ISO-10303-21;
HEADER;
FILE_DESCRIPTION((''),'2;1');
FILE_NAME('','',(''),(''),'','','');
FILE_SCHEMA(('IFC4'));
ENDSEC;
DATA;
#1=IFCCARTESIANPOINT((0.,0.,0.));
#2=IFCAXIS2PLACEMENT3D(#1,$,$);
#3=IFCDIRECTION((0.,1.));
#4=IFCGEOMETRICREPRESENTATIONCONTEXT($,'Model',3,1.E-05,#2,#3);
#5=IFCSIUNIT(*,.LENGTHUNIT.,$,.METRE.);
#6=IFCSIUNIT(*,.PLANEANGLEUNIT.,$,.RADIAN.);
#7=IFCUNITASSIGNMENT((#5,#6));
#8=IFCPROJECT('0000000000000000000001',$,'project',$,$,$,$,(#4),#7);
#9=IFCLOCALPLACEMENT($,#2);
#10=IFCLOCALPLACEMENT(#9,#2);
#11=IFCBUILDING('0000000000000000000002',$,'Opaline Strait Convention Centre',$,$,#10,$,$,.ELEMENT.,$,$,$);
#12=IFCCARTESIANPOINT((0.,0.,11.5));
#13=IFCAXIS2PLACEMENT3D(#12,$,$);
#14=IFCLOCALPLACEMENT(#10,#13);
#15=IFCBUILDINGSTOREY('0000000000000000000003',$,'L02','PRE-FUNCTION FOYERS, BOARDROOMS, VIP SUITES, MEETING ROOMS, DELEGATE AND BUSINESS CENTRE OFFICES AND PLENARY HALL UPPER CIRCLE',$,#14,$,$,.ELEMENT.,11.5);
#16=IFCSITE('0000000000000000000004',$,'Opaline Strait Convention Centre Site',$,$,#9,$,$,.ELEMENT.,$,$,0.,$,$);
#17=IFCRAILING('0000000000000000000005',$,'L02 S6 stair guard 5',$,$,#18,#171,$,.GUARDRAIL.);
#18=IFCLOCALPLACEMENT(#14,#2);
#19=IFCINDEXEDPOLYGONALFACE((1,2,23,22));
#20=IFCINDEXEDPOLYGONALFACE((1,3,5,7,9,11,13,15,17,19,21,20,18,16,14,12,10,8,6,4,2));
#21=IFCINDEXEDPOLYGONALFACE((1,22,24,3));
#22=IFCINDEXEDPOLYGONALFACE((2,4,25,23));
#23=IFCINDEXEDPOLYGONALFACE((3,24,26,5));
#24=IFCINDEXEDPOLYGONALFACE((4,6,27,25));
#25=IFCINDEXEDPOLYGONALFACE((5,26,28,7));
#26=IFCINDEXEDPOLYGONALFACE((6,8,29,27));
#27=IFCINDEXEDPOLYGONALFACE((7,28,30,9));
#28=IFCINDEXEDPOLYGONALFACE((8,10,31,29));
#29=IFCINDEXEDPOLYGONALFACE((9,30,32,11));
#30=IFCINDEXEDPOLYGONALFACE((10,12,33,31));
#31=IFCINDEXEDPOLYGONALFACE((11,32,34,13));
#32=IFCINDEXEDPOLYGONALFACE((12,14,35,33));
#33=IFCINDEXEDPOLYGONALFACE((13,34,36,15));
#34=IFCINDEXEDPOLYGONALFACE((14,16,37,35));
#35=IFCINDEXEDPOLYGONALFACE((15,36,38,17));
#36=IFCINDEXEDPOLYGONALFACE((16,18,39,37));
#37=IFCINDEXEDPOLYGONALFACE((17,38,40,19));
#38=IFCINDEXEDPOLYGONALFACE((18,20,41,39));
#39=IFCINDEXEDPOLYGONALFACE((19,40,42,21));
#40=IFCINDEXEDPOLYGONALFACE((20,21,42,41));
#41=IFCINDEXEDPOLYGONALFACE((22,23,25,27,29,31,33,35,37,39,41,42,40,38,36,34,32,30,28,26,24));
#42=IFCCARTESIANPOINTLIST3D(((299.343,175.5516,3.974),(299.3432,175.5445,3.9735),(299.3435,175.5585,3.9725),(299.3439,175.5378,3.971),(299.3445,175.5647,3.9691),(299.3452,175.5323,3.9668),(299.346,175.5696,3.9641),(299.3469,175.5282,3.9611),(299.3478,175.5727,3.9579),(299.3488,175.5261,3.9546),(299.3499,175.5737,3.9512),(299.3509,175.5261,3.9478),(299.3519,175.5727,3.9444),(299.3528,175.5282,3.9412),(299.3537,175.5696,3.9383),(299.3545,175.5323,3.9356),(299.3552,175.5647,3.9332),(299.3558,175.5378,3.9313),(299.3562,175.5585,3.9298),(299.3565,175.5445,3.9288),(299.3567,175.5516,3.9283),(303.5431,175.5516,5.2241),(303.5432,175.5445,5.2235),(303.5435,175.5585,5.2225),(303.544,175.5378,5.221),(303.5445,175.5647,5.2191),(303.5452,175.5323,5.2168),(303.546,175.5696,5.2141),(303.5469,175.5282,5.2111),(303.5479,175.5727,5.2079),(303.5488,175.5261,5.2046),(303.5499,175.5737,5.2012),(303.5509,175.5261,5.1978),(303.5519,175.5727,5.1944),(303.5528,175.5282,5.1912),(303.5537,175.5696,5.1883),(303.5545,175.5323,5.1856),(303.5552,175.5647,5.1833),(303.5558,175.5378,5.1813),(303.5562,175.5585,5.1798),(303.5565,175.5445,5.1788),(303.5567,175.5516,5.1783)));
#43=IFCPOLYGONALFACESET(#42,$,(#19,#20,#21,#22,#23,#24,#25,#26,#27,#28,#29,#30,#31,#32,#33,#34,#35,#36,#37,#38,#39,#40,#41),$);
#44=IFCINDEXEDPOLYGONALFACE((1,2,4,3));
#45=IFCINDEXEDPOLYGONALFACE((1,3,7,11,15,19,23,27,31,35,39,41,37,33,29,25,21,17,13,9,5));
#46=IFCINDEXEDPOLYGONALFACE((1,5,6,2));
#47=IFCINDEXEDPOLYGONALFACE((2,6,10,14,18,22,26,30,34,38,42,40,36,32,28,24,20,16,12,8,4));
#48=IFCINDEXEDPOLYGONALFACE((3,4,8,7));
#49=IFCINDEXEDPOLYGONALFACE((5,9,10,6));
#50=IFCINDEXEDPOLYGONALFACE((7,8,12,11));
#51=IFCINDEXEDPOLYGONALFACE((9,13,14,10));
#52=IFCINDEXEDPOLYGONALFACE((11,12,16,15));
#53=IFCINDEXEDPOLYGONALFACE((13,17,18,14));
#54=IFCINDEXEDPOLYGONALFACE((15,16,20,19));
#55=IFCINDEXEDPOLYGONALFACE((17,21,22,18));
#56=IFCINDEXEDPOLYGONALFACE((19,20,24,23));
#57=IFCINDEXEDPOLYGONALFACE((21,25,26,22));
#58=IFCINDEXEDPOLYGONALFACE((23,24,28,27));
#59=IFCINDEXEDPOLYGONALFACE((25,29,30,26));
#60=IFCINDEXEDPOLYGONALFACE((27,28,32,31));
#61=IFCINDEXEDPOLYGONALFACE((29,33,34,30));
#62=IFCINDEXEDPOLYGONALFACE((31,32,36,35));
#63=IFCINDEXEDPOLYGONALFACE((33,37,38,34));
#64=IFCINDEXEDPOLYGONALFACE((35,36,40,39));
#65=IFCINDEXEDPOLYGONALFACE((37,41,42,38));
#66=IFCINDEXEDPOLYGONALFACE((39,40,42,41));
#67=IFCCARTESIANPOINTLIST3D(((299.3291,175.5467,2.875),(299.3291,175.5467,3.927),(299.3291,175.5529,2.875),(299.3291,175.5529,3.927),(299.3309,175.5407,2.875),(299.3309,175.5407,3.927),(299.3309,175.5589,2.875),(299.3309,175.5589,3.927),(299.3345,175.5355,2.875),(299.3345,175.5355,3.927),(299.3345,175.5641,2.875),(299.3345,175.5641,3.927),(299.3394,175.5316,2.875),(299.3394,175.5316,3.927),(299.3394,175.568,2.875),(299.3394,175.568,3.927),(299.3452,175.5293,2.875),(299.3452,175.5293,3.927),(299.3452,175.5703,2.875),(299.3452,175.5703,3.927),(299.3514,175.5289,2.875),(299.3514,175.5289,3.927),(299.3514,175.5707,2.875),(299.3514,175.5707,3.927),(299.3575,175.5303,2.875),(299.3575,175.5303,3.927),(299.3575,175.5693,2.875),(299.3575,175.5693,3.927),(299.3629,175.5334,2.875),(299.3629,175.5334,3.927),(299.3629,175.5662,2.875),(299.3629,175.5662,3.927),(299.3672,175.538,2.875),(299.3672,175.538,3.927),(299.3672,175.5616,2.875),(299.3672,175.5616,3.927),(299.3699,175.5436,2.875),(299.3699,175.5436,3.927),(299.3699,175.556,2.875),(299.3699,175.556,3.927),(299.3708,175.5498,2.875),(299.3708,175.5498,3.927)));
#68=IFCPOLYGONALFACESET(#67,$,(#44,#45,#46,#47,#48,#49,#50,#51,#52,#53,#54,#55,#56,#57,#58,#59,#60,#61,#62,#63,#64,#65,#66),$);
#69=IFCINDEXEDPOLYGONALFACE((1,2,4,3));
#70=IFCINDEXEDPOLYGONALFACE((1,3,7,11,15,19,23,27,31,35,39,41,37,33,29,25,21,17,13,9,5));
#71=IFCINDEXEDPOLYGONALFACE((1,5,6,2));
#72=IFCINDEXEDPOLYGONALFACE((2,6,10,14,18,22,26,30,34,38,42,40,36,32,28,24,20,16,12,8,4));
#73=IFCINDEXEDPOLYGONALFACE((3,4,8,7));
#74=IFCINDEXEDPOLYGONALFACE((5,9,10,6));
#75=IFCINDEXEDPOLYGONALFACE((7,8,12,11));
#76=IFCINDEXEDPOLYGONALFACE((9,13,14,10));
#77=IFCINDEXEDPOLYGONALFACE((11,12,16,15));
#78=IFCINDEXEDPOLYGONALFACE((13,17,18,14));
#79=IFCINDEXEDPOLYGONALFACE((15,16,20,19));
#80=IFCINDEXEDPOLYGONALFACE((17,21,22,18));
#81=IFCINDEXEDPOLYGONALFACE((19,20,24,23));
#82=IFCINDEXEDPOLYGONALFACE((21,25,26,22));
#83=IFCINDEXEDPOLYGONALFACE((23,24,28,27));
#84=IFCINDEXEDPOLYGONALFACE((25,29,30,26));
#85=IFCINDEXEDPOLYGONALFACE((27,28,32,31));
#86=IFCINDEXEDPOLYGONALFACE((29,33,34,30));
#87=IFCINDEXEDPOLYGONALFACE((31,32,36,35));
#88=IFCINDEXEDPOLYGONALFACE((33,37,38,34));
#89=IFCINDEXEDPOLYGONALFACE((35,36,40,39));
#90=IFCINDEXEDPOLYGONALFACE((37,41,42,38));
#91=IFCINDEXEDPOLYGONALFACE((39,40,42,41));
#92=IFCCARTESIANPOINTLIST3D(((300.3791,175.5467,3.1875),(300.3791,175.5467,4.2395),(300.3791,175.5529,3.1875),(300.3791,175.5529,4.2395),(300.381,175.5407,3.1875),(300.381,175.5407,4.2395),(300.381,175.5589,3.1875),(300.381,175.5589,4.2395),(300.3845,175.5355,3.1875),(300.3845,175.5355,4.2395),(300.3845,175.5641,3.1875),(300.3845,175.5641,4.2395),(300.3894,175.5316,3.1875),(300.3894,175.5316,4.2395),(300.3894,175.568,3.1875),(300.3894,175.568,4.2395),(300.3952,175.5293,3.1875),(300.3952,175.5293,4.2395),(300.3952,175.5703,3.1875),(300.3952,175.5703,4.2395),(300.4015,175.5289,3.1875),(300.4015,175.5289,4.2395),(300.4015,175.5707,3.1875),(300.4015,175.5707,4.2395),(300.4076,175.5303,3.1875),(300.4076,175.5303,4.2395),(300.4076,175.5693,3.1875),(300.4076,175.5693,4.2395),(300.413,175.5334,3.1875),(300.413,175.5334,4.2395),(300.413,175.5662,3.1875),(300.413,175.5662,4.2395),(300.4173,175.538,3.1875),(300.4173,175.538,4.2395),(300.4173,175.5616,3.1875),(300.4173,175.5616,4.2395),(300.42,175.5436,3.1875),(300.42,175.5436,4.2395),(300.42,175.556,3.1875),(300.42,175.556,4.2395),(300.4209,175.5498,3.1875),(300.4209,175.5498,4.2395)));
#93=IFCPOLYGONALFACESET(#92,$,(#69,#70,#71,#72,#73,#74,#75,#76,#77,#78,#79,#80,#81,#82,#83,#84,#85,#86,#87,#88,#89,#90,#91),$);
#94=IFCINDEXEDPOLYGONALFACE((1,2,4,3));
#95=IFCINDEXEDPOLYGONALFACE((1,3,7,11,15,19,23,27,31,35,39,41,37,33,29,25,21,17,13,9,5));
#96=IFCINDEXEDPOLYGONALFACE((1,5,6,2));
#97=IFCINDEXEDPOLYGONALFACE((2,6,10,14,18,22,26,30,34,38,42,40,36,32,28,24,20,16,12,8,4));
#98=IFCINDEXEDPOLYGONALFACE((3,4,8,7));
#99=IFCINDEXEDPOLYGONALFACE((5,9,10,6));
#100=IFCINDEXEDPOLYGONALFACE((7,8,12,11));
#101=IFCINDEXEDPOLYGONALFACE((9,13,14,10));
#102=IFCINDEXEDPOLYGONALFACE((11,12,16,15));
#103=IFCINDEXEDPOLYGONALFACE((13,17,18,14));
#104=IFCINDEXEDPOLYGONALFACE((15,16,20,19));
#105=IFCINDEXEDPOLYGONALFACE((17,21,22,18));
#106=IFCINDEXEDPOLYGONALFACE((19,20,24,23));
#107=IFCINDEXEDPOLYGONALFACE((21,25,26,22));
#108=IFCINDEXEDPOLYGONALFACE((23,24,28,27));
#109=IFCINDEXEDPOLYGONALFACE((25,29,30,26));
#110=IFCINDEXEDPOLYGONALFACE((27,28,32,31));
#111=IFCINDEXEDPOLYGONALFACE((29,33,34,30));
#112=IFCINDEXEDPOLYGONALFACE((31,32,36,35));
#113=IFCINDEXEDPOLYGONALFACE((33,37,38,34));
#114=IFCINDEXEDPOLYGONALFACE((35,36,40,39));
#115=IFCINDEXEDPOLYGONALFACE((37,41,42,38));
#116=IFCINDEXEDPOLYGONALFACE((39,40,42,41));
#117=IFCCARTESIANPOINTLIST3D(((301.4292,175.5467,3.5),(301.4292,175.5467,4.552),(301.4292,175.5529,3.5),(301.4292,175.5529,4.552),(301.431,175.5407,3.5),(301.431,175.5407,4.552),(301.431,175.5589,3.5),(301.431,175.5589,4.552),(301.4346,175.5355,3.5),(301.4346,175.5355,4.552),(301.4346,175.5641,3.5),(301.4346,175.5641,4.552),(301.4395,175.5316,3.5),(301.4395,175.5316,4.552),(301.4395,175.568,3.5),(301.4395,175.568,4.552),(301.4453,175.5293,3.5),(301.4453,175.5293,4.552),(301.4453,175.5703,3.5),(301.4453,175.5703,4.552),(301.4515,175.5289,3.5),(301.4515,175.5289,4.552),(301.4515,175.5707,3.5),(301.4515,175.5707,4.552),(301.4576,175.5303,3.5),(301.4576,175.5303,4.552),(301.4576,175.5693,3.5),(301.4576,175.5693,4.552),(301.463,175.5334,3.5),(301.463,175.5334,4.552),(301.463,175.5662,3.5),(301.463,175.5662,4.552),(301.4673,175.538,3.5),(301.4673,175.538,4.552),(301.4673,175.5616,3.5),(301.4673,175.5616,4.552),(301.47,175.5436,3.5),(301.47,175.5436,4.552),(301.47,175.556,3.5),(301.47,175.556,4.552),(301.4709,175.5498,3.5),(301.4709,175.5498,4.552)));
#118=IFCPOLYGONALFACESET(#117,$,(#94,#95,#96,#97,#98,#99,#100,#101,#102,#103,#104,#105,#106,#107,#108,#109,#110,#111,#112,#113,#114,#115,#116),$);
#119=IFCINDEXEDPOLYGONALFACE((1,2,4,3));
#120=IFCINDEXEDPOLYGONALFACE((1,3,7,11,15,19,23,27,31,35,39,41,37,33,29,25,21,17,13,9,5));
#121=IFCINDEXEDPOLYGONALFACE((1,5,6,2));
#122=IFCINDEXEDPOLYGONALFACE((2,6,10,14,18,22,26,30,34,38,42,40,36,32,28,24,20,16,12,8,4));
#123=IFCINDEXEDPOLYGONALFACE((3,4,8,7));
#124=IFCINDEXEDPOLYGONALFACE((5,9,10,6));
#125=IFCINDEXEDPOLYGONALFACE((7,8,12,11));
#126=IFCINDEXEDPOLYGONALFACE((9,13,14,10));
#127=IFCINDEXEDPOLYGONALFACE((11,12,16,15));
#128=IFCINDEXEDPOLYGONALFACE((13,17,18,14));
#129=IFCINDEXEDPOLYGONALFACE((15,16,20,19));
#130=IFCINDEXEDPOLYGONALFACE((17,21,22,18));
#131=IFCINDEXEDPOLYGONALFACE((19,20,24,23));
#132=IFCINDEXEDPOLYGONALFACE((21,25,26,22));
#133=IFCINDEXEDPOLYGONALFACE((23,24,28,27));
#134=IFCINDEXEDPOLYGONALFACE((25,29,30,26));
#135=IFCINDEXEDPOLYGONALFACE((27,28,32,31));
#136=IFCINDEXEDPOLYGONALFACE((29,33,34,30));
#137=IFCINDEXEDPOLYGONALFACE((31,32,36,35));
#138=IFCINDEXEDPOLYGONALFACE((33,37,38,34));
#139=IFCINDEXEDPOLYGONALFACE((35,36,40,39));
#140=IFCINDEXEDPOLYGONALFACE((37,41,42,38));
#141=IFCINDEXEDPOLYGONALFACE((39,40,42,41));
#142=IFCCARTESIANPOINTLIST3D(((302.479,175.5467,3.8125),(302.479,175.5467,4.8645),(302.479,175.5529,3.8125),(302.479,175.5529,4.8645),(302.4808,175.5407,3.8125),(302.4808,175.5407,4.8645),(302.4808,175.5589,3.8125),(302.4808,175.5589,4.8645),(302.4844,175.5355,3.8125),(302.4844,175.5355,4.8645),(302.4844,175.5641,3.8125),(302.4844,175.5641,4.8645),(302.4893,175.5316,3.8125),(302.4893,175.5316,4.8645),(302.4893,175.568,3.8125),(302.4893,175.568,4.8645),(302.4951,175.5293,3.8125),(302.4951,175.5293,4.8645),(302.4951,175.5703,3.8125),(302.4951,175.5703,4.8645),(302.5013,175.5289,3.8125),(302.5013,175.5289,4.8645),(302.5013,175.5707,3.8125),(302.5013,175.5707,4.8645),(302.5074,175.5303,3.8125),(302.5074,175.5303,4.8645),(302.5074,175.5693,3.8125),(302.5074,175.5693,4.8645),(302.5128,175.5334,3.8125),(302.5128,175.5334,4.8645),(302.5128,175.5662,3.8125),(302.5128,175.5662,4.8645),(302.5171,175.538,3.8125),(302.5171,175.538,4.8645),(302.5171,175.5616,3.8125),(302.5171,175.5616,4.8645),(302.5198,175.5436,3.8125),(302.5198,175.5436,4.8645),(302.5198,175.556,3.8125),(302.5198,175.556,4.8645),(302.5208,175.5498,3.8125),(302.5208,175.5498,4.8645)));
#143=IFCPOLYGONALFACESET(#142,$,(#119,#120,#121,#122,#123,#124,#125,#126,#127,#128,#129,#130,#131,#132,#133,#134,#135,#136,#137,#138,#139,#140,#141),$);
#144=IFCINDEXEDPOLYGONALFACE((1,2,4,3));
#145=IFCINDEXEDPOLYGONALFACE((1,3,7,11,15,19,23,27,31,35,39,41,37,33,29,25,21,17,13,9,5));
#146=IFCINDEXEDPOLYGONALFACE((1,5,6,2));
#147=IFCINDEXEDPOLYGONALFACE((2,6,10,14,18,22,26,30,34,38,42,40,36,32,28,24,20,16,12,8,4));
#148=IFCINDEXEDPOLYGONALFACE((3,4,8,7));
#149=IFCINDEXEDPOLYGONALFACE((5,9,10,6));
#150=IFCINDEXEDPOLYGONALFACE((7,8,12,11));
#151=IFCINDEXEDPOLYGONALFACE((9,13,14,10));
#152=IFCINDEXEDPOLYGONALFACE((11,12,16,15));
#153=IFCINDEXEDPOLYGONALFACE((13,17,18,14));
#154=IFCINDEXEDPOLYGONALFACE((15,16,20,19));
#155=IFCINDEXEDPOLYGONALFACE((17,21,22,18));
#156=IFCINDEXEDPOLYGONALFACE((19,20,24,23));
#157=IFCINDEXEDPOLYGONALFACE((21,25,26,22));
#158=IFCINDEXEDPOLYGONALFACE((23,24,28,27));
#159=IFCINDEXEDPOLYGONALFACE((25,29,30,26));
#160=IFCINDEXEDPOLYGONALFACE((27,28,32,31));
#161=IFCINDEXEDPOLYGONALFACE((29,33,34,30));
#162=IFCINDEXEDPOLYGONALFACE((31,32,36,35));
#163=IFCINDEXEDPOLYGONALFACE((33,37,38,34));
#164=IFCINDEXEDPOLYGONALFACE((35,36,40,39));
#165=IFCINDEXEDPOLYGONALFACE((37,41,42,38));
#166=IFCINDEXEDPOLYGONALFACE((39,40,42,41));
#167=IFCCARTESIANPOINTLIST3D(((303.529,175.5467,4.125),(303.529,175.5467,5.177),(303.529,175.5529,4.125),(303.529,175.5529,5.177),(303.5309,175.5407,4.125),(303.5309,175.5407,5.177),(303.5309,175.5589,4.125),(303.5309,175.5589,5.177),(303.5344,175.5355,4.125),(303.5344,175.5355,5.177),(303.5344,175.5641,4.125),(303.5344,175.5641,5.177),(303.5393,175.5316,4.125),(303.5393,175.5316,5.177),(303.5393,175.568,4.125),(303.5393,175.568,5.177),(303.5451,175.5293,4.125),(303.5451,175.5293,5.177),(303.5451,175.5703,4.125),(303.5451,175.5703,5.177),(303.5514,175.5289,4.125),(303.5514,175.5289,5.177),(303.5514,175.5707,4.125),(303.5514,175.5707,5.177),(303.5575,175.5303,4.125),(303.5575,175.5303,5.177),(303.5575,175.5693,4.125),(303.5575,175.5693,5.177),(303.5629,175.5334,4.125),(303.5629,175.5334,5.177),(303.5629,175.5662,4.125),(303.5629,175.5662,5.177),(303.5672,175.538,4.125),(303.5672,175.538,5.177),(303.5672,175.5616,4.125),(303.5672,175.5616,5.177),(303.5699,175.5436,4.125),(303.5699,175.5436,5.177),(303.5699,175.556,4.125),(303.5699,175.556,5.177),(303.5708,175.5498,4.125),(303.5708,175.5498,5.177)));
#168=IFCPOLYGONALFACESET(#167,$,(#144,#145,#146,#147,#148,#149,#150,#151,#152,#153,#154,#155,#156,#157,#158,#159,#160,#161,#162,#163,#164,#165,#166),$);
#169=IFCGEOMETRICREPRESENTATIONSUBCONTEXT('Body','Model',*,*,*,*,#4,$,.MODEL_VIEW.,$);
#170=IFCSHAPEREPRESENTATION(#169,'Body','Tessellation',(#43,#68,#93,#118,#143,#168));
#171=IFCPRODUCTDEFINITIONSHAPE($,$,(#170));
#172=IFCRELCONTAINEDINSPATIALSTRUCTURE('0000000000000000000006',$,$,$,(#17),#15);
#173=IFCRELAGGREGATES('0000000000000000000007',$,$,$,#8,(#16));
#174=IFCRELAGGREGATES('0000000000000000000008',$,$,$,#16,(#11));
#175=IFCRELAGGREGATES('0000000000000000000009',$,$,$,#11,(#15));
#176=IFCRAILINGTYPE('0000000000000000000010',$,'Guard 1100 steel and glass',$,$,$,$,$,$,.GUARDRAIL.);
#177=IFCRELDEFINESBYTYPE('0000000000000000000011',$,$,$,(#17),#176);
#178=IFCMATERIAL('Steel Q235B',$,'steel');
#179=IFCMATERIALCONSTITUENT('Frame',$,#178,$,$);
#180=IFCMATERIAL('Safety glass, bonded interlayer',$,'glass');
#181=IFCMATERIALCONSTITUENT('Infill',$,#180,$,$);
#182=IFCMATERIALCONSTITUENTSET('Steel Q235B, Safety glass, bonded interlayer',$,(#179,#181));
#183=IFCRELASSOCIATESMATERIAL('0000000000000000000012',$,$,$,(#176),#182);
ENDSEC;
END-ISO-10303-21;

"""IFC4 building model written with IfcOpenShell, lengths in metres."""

from ifc_helpers import new_model, si_unit, direction, frame, origin, origin_2d, place, context, subcontext, project, spatial, circle, extrude, material, constituent, constituent_set, type_object, element, save


model = new_model("IFC4")

# Units and contexts
model_context = context("Model", 3, precision=1e-05, world=origin(), true_north=direction((0.0, 1.0)))
body_context = subcontext(model_context, "Body", "Model", "MODEL_VIEW")
ifc_project = project(units=[si_unit("LENGTHUNIT", "METRE"), si_unit("PLANEANGLEUNIT", "RADIAN")], contexts=[model_context])

# Site, building, storey
site_placement = place(None, origin())
site = spatial("IfcSite", under=ifc_project, at=site_placement, Name="Opaline Strait Convention Centre Site", CompositionType="ELEMENT", RefElevation=0.0)
building_placement = place(site_placement, origin())
building = spatial("IfcBuilding", under=site, at=building_placement, Name="Opaline Strait Convention Centre", CompositionType="ELEMENT")
storey_placement = place(building_placement, frame((0.0, 0.0, 11.5)))
storey = spatial("IfcBuildingStorey", under=building, at=storey_placement, Name="L02", Description="PRE-FUNCTION FOYERS, BOARDROOMS, VIP SUITES, MEETING ROOMS, DELEGATE AND BUSINESS CENTRE OFFICES AND PLENARY HALL UPPER CIRCLE", CompositionType="ELEMENT", Elevation=11.5)

# Shared definitions
ifc_material_1 = material(Name="Steel Q235B", Category="steel")

# Railing
ifc_constituent_1 = constituent(ifc_material_1, Name="Frame")
ifc_material_2 = material(Name="Safety glass, bonded interlayer", Category="glass")
ifc_constituent_2 = constituent(ifc_material_2, Name="Infill")
ifc_constituent_set = constituent_set(constituents=[ifc_constituent_1, ifc_constituent_2], Name="Steel Q235B, Safety glass, bonded interlayer")
railing_type_1 = type_object("IfcRailingType", Name="Guard 1100 steel and glass", PredefinedType="GUARDRAIL", material=ifc_constituent_set)
railing_1_placement = place(storey_placement, frame((299.3499, 175.5498, 2.875)))
element("IfcRailing", 1, at=railing_1_placement, inside=storey, type_object=railing_type_1, Name="L02 S6 stair guard 5", PredefinedType="GUARDRAIL", context=body_context, shape_type="SweptSolid", body=[
    extrude(circle(Radius=0.0239, at=origin_2d()), frame((0.0, 0.0, 1.0762), z_axis=(0.958451, 0.0, 0.285257), x_axis=(0.0, 1.0, 0.0)), (0.0, 0.0, 1.0), 4.3821),
    extrude(circle(Radius=0.021, at=origin_2d()), origin(), (0.0, 0.0, 1.0), 1.052),
    extrude(circle(Radius=0.021, at=origin_2d()), frame((1.05, 0.0, 0.3125)), (0.0, 0.0, 1.0), 1.052),
    extrude(circle(Radius=0.021, at=origin_2d()), frame((2.1001, 0.0, 0.625)), (0.0, 0.0, 1.0), 1.052),
    extrude(circle(Radius=0.021, at=origin_2d()), frame((3.1499, 0.0, 0.9375)), (0.0, 0.0, 1.0), 1.052),
    extrude(circle(Radius=0.021, at=origin_2d()), frame((4.2, 0.0, 1.25)), (0.0, 0.0, 1.0), 1.052),
])

save(model, "model.ifc")
